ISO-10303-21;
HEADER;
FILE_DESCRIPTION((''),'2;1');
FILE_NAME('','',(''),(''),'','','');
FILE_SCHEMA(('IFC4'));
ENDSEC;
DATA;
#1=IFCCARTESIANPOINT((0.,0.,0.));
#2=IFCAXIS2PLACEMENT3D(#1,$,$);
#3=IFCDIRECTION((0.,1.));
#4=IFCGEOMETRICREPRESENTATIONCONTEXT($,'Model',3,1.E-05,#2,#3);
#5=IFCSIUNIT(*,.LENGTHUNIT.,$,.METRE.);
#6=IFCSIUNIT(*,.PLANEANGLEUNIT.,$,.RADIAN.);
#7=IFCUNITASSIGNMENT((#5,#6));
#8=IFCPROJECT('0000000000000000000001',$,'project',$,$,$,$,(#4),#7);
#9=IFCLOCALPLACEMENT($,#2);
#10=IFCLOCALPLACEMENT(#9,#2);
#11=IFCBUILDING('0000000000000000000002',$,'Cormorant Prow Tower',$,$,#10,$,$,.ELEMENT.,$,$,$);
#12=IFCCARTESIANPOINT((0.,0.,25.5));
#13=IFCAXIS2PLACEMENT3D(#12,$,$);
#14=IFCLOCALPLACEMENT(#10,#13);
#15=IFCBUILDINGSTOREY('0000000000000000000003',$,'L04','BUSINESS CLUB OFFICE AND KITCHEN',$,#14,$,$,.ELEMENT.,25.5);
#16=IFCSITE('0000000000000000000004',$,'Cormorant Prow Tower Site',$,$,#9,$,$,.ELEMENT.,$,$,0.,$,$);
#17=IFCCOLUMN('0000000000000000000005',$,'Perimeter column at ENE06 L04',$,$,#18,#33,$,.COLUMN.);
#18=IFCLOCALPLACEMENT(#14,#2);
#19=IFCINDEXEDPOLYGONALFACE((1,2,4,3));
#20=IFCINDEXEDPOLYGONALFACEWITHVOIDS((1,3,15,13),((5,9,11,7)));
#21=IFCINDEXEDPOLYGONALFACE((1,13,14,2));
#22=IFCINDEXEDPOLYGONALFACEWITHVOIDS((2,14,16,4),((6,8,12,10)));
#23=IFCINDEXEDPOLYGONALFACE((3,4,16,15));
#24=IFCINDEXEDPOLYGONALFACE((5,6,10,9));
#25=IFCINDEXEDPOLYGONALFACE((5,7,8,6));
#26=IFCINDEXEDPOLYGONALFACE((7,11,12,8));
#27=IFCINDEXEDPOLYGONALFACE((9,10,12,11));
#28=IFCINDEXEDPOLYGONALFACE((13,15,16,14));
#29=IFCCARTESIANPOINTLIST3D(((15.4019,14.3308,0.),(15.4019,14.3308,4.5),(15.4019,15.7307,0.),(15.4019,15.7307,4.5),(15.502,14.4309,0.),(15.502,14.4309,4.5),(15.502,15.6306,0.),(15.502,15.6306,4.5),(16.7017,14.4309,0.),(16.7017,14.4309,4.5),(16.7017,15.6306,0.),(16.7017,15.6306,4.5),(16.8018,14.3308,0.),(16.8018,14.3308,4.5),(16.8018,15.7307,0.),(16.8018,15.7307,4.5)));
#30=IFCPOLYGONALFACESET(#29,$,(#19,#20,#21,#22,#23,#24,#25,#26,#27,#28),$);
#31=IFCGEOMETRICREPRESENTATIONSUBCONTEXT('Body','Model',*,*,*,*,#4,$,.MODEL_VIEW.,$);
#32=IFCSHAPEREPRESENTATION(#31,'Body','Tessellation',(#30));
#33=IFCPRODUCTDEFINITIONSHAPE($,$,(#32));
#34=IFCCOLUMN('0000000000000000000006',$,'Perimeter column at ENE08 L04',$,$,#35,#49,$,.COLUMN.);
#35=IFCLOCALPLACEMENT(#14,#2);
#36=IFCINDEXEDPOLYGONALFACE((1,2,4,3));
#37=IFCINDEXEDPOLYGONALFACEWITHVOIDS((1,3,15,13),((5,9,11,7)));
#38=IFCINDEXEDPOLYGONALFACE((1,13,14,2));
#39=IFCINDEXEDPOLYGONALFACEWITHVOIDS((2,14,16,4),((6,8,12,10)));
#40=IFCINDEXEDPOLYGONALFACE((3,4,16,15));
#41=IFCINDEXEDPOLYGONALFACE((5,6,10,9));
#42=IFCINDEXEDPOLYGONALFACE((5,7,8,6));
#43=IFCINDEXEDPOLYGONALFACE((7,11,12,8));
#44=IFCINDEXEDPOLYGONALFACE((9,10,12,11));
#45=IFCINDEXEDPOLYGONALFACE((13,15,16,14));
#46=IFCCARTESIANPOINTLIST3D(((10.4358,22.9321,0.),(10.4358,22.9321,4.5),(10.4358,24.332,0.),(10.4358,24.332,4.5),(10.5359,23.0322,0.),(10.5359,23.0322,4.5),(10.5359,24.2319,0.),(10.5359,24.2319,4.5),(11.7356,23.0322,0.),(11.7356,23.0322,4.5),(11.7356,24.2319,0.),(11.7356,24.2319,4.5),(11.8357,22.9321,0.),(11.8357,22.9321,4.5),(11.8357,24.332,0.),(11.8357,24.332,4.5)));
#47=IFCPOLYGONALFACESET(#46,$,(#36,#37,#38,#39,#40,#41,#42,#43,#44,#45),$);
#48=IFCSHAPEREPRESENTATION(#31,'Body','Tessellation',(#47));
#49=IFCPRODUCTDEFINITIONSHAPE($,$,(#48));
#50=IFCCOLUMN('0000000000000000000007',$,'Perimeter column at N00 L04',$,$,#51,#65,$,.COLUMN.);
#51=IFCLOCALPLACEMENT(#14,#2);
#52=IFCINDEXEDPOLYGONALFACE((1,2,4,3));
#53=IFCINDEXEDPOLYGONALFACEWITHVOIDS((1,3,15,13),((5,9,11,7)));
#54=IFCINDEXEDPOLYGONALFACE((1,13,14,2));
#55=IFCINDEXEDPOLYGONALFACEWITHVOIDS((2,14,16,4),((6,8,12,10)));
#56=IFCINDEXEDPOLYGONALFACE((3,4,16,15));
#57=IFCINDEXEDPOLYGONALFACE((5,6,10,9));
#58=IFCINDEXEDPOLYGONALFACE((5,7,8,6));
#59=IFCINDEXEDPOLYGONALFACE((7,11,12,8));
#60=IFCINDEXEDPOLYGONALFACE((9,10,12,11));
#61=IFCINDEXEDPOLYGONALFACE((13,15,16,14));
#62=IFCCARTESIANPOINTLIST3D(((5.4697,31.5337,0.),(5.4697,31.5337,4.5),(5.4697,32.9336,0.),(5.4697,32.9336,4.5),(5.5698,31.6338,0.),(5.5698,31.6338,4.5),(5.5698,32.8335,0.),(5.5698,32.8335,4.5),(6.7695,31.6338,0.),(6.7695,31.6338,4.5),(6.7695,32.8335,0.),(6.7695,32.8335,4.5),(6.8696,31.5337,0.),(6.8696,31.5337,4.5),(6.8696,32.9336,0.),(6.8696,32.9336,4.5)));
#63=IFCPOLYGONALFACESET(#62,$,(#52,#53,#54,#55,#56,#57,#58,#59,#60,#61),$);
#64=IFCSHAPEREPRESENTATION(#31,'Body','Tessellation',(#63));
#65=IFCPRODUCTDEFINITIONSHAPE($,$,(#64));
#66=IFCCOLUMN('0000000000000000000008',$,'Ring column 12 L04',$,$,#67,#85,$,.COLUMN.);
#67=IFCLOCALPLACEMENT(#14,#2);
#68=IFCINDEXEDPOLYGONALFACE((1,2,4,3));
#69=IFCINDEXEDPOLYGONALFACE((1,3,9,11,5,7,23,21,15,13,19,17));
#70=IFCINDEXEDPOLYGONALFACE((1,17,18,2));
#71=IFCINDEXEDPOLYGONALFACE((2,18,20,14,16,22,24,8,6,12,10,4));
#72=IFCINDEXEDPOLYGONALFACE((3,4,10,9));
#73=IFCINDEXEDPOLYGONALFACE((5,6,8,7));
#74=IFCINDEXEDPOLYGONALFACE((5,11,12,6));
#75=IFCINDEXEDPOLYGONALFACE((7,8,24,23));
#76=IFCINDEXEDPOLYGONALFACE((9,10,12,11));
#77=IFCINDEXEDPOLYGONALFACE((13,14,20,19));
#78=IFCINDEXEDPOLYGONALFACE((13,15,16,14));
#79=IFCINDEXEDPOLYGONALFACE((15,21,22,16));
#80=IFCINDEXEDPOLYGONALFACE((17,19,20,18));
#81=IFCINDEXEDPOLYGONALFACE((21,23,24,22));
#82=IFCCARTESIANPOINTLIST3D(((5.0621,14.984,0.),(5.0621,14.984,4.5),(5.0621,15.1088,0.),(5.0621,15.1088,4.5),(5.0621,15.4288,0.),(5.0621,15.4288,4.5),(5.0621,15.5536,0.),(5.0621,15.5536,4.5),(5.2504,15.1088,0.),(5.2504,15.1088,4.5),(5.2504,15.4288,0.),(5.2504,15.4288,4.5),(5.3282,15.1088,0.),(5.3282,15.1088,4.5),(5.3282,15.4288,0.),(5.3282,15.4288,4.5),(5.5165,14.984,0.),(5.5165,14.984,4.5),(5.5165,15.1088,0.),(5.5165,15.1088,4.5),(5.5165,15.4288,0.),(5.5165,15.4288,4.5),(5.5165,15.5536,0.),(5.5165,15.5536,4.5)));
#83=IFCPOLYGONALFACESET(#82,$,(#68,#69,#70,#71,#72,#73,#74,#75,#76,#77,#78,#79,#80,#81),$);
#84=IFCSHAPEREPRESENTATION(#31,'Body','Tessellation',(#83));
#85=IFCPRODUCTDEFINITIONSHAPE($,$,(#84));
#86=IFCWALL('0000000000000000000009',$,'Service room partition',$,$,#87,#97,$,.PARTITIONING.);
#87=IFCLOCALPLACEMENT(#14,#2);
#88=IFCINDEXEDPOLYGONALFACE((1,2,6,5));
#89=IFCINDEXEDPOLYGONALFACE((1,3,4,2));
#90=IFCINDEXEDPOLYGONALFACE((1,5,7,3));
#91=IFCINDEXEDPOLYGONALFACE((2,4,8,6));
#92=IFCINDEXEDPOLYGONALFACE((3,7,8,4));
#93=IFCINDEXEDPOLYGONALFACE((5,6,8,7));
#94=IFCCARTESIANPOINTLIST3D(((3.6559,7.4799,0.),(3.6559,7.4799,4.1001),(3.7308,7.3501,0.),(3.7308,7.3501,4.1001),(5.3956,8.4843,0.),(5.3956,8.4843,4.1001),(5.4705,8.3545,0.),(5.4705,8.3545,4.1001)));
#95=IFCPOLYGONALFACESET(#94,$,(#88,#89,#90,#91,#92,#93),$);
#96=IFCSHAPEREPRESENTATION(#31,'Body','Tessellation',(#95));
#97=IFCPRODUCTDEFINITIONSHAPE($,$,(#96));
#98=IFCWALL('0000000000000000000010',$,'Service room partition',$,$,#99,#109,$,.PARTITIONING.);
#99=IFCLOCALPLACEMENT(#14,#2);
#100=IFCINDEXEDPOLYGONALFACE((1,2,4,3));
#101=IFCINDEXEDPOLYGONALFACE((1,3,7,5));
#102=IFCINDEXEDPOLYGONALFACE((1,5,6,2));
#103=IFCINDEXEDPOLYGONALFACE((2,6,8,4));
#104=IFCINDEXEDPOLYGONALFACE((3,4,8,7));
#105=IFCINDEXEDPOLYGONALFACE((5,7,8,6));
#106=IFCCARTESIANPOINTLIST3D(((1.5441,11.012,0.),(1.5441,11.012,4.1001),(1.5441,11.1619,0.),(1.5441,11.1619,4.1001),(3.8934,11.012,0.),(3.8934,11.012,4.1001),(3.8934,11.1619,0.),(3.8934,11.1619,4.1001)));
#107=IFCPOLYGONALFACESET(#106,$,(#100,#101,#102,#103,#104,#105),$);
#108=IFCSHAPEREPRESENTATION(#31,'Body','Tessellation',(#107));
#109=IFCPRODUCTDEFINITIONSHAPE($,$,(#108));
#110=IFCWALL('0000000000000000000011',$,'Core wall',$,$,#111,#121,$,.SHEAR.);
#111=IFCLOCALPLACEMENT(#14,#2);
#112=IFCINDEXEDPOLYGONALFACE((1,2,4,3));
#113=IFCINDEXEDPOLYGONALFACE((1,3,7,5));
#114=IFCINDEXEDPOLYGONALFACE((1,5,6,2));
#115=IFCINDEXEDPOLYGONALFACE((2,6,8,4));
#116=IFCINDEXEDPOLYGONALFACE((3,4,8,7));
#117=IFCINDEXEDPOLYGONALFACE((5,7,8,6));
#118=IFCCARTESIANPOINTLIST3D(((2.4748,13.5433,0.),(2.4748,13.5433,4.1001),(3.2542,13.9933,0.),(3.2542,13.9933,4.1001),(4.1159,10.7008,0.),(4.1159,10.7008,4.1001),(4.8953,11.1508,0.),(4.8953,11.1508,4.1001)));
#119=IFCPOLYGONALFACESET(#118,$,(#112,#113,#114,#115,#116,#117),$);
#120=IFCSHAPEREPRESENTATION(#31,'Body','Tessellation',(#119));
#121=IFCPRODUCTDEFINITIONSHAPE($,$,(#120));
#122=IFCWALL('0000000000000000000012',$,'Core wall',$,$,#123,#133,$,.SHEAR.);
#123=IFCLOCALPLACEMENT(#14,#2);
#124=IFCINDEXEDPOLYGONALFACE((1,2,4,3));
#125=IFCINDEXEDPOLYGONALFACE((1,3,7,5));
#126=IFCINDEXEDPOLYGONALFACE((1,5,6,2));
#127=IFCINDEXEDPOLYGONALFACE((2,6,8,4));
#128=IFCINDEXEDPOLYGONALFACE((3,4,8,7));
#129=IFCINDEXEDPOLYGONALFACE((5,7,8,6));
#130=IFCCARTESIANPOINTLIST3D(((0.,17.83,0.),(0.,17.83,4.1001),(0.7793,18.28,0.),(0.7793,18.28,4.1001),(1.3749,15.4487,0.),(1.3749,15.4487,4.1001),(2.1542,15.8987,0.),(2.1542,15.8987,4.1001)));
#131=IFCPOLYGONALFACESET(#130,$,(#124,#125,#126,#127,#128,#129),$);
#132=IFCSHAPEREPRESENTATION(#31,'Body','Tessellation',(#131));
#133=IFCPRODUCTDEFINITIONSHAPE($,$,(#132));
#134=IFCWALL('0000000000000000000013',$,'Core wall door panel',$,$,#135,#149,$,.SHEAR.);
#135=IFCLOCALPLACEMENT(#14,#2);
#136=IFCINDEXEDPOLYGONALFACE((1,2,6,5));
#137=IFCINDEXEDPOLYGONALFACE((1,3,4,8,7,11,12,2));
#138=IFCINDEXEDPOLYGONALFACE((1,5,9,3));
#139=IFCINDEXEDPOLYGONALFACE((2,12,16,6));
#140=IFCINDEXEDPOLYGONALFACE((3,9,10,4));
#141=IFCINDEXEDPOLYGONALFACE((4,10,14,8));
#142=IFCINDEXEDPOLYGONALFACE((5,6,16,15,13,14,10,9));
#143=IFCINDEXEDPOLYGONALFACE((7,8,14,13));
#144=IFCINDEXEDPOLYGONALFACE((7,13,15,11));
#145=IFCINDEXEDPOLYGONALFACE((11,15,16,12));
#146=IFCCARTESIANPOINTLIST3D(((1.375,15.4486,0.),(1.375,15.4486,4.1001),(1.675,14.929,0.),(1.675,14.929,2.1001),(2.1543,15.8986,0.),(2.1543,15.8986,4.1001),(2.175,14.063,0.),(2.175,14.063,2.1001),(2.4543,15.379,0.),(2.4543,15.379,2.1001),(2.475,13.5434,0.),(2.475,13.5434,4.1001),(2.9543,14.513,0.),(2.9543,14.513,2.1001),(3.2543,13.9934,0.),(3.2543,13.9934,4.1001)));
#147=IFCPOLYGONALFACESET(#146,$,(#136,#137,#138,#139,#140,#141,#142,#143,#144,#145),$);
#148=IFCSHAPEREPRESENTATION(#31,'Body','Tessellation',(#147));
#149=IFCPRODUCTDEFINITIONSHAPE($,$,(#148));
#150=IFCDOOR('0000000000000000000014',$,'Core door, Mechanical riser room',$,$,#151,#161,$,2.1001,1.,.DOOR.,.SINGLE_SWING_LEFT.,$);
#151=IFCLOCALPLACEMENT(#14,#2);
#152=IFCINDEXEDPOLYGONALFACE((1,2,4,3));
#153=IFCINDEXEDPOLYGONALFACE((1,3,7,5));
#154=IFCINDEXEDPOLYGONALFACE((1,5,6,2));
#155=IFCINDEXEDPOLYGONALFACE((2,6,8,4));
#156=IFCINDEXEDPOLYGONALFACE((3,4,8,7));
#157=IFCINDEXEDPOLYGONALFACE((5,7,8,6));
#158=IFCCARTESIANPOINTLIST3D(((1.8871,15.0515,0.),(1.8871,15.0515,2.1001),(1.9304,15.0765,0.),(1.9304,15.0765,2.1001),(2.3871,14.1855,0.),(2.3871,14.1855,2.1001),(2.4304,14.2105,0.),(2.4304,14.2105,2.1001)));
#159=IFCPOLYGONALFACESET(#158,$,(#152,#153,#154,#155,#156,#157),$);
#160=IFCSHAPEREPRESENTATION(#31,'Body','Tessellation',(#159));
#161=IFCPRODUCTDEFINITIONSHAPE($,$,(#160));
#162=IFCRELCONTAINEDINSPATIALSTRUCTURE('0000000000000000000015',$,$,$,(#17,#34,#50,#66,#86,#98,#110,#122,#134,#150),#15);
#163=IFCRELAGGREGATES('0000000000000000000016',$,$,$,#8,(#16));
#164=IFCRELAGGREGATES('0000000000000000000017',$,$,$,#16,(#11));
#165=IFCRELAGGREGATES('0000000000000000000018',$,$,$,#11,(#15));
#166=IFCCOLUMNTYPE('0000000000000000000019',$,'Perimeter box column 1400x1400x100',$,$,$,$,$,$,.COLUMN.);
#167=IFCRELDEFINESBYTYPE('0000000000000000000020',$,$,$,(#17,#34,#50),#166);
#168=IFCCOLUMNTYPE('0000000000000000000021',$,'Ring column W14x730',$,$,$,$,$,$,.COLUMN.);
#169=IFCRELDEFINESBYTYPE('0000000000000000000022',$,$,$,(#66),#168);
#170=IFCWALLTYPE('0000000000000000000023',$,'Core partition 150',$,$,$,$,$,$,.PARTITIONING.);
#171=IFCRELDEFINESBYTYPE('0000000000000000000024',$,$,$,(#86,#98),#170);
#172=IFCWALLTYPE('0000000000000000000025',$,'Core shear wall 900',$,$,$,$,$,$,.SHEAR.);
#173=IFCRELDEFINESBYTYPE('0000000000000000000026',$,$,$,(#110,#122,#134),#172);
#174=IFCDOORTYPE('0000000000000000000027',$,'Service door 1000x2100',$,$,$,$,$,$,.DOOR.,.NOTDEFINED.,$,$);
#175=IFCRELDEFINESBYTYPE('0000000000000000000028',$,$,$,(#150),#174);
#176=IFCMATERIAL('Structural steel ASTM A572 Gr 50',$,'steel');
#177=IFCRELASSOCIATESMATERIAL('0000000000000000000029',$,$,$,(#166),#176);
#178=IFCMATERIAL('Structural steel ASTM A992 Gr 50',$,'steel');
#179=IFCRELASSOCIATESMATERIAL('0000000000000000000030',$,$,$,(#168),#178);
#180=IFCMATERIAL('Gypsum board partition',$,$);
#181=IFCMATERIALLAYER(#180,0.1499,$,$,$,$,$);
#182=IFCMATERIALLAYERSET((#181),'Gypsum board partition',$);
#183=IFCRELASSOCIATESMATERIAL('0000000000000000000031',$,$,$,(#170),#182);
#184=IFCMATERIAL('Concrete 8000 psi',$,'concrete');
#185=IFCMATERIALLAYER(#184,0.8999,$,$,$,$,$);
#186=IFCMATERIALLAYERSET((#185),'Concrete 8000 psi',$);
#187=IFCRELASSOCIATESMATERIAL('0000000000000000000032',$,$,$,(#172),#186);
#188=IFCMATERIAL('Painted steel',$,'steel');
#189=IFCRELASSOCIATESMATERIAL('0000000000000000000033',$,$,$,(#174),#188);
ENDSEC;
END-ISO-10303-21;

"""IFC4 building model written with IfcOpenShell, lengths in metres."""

from ifc_helpers import new_model, si_unit, direction, frame, frame_2d, origin, origin_2d, place, context, subcontext, project, spatial, rectangle, hollow_rectangle, i_section, extrude, material, layer, layer_set, material_profile, profile_set, type_object, element, fill, save


model = new_model("IFC4")

# Units and contexts
model_context = context("Model", 3, precision=1e-05, world=origin(), true_north=direction((0.0, 1.0)))
body_context = subcontext(model_context, "Body", "Model", "MODEL_VIEW")
ifc_project = project(units=[si_unit("LENGTHUNIT", "METRE"), si_unit("PLANEANGLEUNIT", "RADIAN")], contexts=[model_context])

# Site, building, storey
site_placement = place(None, origin())
site = spatial("IfcSite", under=ifc_project, at=site_placement, Name="Cormorant Prow Tower Site", CompositionType="ELEMENT", RefElevation=0.0)
building_placement = place(site_placement, origin())
building = spatial("IfcBuilding", under=site, at=building_placement, Name="Cormorant Prow Tower", CompositionType="ELEMENT")
storey_placement = place(building_placement, frame((0.0, 0.0, 25.5)))
storey = spatial("IfcBuildingStorey", under=building, at=storey_placement, Name="L04", Description="BUSINESS CLUB OFFICE AND KITCHEN", CompositionType="ELEMENT", Elevation=25.5)

# Columns
ifc_material_1 = material(Name="Structural steel ASTM A572 Gr 50", Category="steel")
ifc_material_profile_1 = material_profile(ifc_material_1, hollow_rectangle(XDim=1.3999, YDim=1.3999, WallThickness=0.1001, at=origin_2d()), Name="Box 1400x1400x100")
ifc_profile_set_1 = profile_set([ifc_material_profile_1], Name="Structural steel ASTM A572 Gr 50")
column_type_1 = type_object("IfcColumnType", Name="Perimeter box column 1400x1400x100", PredefinedType="COLUMN", material=ifc_profile_set_1)
for number, where, z_axis, x_axis, name in (
    (1, (16.1018, 15.0308, 0.0), (0.0, 0.0, 1.0), (1.0, 0.0, 0.0), "Perimeter column at ENE06 L04"),
    (2, (11.1357, 23.6321, 0.0), (0.0, 0.0, 1.0), (1.0, 0.0, 0.0), "Perimeter column at ENE08 L04"),
    (3, (6.1697, 32.2336, 0.0), (0.0, 0.0, 1.0), (1.0, 0.0, 0.0), "Perimeter column at N00 L04"),
):
    element("IfcColumn", number, at=place(storey_placement, frame(where, z_axis=z_axis, x_axis=x_axis)), inside=storey, type_object=column_type_1, Name=name, PredefinedType="COLUMN", context=body_context, shape_type="SweptSolid", body=[
        extrude(hollow_rectangle(XDim=1.3999, YDim=1.3999, WallThickness=0.1001, at=origin_2d()), origin(), (0.0, 0.0, 1.0), 4.5),
    ])
ifc_material_2 = material(Name="Structural steel ASTM A992 Gr 50", Category="steel")
ifc_material_profile_2 = material_profile(ifc_material_2, i_section(OverallWidth=0.4543, OverallDepth=0.5696, WebThickness=0.0779, FlangeThickness=0.1248, at=origin_2d()), Name="W14x730")
ifc_profile_set_2 = profile_set([ifc_material_profile_2], Name="Structural steel ASTM A992 Gr 50")
column_type_2 = type_object("IfcColumnType", Name="Ring column W14x730", PredefinedType="COLUMN", material=ifc_profile_set_2)
column_placement = place(storey_placement, frame((5.2893, 15.2688, 0.0), z_axis=(0.0, 0.0, 1.0), x_axis=(1.0, 0.0, 0.0)))
element("IfcColumn", 4, at=column_placement, inside=storey, type_object=column_type_2, Name="Ring column 12 L04", PredefinedType="COLUMN", context=body_context, shape_type="SweptSolid", body=[
    extrude(i_section(OverallWidth=0.4543, OverallDepth=0.5696, WebThickness=0.0779, FlangeThickness=0.1248, at=origin_2d()), origin(), (0.0, 0.0, 1.0), 4.5),
])

# Walls
ifc_material_3 = material(Name="Gypsum board partition")
ifc_layer_1 = layer(ifc_material_3, 0.1499)
ifc_layer_set_1 = layer_set([ifc_layer_1], Name="Gypsum board partition")
wall_type_1 = type_object("IfcWallType", Name="Core partition 150", PredefinedType="PARTITIONING", material=ifc_layer_set_1)
wall_1_placement = place(storey_placement, frame((3.6934, 7.415, 0.0), z_axis=(0.0, 0.0, 1.0), x_axis=(0.866036, 0.499982, 0.0)))
element("IfcWall", 5, at=wall_1_placement, inside=storey, type_object=wall_type_1, Name="Service room partition", PredefinedType="PARTITIONING", context=body_context, shape_type="SweptSolid", body=[
    extrude(rectangle(XDim=2.0088, YDim=0.1499, at=frame_2d((1.0044, 0.0))), origin(), (0.0, 0.0, 1.0), 4.1001),
])
wall_2_placement = place(storey_placement, frame((1.5439, 11.0869, 0.0), z_axis=(0.0, 0.0, 1.0), x_axis=(1.0, 0.0, 0.0)))
element("IfcWall", 6, at=wall_2_placement, inside=storey, type_object=wall_type_1, Name="Service room partition", PredefinedType="PARTITIONING", context=body_context, shape_type="SweptSolid", body=[
    extrude(rectangle(XDim=2.3494, YDim=0.1499, at=frame_2d((1.1748, 0.0))), origin(), (0.0, 0.0, 1.0), 4.1001),
])
ifc_material_4 = material(Name="Concrete 8000 psi", Category="concrete")
ifc_layer_2 = layer(ifc_material_4, 0.8999)
ifc_layer_set_2 = layer_set([ifc_layer_2], Name="Concrete 8000 psi")
wall_type_2 = type_object("IfcWallType", Name="Core shear wall 900", PredefinedType="SHEAR", material=ifc_layer_set_2)
wall_3_placement = place(storey_placement, frame((4.5056, 10.9258, 0.0), z_axis=(0.0, 0.0, 1.0), x_axis=(-0.499995, 0.866028, 0.0)))
element("IfcWall", 7, at=wall_3_placement, inside=storey, type_object=wall_type_2, Name="Core wall", PredefinedType="SHEAR", context=body_context, shape_type="SweptSolid", body=[
    extrude(rectangle(XDim=3.2822, YDim=0.8999, at=frame_2d((1.6411, 0.0))), origin(), (0.0, 0.0, 1.0), 4.1001),
])
wall_4_placement = place(storey_placement, frame((1.7646, 15.6736, 0.0), z_axis=(0.0, 0.0, 1.0), x_axis=(-0.500035, 0.866005, 0.0)))
element("IfcWall", 8, at=wall_4_placement, inside=storey, type_object=wall_type_2, Name="Core wall", PredefinedType="SHEAR", context=body_context, shape_type="SweptSolid", body=[
    extrude(rectangle(XDim=2.7498, YDim=0.8999, at=frame_2d((1.375, 0.0))), origin(), (0.0, 0.0, 1.0), 4.1001),
])

# Wall, opening, door
wall_5_placement = place(storey_placement, frame((2.8647, 13.7683, 0.0), z_axis=(0.0, 0.0, 1.0), x_axis=(-0.50003, 0.866008, 0.0)))
wall_5 = element("IfcWall", 9, at=wall_5_placement, inside=storey, type_object=wall_type_2, Name="Core wall door panel", PredefinedType="SHEAR", context=body_context, shape_type="SweptSolid", body=[
    extrude(rectangle(XDim=2.2, YDim=0.8999, at=frame_2d((1.1001, 0.0))), origin(), (0.0, 0.0, 1.0), 4.1001),
])
opening_1_placement = place(wall_5_placement, frame((0.6001, 0.0, 0.0)))
opening_1 = element("IfcOpeningElement", 10, at=opening_1_placement, cuts=wall_5, PredefinedType="OPENING", context=body_context, shape_type="SweptSolid", body=[
    extrude(rectangle(XDim=1.0, YDim=2.1001, at=frame_2d((0.5, 1.05))), frame((0.0, 0.46, 0.0), z_axis=(0.0, -1.0, 0.0), x_axis=(1.0, 0.0, 0.0)), (0.0, 0.0, 1.0), 0.9199),
])
ifc_material_5 = material(Name="Painted steel", Category="steel")
door_type = type_object("IfcDoorType", Name="Service door 1000x2100", OperationType="NOTDEFINED", PredefinedType="DOOR", material=ifc_material_5)
door_1_placement = place(opening_1_placement, origin())
door_1 = element("IfcDoor", 11, at=door_1_placement, inside=storey, type_object=door_type, Name="Core door, Mechanical riser room", OperationType="SINGLE_SWING_LEFT", OverallHeight=2.1001, OverallWidth=1.0, PredefinedType="DOOR", context=body_context, shape_type="SweptSolid", body=[
    extrude(rectangle(XDim=1.0, YDim=2.1001, at=frame_2d((0.5, 1.05))), frame((0.0, 0.2051, 0.0), z_axis=(0.0, -1.0, 0.0), x_axis=(1.0, 0.0, 0.0)), (0.0, 0.0, 1.0), 0.05),
])
fill(opening_1, door_1)

save(model, "model.ifc")
